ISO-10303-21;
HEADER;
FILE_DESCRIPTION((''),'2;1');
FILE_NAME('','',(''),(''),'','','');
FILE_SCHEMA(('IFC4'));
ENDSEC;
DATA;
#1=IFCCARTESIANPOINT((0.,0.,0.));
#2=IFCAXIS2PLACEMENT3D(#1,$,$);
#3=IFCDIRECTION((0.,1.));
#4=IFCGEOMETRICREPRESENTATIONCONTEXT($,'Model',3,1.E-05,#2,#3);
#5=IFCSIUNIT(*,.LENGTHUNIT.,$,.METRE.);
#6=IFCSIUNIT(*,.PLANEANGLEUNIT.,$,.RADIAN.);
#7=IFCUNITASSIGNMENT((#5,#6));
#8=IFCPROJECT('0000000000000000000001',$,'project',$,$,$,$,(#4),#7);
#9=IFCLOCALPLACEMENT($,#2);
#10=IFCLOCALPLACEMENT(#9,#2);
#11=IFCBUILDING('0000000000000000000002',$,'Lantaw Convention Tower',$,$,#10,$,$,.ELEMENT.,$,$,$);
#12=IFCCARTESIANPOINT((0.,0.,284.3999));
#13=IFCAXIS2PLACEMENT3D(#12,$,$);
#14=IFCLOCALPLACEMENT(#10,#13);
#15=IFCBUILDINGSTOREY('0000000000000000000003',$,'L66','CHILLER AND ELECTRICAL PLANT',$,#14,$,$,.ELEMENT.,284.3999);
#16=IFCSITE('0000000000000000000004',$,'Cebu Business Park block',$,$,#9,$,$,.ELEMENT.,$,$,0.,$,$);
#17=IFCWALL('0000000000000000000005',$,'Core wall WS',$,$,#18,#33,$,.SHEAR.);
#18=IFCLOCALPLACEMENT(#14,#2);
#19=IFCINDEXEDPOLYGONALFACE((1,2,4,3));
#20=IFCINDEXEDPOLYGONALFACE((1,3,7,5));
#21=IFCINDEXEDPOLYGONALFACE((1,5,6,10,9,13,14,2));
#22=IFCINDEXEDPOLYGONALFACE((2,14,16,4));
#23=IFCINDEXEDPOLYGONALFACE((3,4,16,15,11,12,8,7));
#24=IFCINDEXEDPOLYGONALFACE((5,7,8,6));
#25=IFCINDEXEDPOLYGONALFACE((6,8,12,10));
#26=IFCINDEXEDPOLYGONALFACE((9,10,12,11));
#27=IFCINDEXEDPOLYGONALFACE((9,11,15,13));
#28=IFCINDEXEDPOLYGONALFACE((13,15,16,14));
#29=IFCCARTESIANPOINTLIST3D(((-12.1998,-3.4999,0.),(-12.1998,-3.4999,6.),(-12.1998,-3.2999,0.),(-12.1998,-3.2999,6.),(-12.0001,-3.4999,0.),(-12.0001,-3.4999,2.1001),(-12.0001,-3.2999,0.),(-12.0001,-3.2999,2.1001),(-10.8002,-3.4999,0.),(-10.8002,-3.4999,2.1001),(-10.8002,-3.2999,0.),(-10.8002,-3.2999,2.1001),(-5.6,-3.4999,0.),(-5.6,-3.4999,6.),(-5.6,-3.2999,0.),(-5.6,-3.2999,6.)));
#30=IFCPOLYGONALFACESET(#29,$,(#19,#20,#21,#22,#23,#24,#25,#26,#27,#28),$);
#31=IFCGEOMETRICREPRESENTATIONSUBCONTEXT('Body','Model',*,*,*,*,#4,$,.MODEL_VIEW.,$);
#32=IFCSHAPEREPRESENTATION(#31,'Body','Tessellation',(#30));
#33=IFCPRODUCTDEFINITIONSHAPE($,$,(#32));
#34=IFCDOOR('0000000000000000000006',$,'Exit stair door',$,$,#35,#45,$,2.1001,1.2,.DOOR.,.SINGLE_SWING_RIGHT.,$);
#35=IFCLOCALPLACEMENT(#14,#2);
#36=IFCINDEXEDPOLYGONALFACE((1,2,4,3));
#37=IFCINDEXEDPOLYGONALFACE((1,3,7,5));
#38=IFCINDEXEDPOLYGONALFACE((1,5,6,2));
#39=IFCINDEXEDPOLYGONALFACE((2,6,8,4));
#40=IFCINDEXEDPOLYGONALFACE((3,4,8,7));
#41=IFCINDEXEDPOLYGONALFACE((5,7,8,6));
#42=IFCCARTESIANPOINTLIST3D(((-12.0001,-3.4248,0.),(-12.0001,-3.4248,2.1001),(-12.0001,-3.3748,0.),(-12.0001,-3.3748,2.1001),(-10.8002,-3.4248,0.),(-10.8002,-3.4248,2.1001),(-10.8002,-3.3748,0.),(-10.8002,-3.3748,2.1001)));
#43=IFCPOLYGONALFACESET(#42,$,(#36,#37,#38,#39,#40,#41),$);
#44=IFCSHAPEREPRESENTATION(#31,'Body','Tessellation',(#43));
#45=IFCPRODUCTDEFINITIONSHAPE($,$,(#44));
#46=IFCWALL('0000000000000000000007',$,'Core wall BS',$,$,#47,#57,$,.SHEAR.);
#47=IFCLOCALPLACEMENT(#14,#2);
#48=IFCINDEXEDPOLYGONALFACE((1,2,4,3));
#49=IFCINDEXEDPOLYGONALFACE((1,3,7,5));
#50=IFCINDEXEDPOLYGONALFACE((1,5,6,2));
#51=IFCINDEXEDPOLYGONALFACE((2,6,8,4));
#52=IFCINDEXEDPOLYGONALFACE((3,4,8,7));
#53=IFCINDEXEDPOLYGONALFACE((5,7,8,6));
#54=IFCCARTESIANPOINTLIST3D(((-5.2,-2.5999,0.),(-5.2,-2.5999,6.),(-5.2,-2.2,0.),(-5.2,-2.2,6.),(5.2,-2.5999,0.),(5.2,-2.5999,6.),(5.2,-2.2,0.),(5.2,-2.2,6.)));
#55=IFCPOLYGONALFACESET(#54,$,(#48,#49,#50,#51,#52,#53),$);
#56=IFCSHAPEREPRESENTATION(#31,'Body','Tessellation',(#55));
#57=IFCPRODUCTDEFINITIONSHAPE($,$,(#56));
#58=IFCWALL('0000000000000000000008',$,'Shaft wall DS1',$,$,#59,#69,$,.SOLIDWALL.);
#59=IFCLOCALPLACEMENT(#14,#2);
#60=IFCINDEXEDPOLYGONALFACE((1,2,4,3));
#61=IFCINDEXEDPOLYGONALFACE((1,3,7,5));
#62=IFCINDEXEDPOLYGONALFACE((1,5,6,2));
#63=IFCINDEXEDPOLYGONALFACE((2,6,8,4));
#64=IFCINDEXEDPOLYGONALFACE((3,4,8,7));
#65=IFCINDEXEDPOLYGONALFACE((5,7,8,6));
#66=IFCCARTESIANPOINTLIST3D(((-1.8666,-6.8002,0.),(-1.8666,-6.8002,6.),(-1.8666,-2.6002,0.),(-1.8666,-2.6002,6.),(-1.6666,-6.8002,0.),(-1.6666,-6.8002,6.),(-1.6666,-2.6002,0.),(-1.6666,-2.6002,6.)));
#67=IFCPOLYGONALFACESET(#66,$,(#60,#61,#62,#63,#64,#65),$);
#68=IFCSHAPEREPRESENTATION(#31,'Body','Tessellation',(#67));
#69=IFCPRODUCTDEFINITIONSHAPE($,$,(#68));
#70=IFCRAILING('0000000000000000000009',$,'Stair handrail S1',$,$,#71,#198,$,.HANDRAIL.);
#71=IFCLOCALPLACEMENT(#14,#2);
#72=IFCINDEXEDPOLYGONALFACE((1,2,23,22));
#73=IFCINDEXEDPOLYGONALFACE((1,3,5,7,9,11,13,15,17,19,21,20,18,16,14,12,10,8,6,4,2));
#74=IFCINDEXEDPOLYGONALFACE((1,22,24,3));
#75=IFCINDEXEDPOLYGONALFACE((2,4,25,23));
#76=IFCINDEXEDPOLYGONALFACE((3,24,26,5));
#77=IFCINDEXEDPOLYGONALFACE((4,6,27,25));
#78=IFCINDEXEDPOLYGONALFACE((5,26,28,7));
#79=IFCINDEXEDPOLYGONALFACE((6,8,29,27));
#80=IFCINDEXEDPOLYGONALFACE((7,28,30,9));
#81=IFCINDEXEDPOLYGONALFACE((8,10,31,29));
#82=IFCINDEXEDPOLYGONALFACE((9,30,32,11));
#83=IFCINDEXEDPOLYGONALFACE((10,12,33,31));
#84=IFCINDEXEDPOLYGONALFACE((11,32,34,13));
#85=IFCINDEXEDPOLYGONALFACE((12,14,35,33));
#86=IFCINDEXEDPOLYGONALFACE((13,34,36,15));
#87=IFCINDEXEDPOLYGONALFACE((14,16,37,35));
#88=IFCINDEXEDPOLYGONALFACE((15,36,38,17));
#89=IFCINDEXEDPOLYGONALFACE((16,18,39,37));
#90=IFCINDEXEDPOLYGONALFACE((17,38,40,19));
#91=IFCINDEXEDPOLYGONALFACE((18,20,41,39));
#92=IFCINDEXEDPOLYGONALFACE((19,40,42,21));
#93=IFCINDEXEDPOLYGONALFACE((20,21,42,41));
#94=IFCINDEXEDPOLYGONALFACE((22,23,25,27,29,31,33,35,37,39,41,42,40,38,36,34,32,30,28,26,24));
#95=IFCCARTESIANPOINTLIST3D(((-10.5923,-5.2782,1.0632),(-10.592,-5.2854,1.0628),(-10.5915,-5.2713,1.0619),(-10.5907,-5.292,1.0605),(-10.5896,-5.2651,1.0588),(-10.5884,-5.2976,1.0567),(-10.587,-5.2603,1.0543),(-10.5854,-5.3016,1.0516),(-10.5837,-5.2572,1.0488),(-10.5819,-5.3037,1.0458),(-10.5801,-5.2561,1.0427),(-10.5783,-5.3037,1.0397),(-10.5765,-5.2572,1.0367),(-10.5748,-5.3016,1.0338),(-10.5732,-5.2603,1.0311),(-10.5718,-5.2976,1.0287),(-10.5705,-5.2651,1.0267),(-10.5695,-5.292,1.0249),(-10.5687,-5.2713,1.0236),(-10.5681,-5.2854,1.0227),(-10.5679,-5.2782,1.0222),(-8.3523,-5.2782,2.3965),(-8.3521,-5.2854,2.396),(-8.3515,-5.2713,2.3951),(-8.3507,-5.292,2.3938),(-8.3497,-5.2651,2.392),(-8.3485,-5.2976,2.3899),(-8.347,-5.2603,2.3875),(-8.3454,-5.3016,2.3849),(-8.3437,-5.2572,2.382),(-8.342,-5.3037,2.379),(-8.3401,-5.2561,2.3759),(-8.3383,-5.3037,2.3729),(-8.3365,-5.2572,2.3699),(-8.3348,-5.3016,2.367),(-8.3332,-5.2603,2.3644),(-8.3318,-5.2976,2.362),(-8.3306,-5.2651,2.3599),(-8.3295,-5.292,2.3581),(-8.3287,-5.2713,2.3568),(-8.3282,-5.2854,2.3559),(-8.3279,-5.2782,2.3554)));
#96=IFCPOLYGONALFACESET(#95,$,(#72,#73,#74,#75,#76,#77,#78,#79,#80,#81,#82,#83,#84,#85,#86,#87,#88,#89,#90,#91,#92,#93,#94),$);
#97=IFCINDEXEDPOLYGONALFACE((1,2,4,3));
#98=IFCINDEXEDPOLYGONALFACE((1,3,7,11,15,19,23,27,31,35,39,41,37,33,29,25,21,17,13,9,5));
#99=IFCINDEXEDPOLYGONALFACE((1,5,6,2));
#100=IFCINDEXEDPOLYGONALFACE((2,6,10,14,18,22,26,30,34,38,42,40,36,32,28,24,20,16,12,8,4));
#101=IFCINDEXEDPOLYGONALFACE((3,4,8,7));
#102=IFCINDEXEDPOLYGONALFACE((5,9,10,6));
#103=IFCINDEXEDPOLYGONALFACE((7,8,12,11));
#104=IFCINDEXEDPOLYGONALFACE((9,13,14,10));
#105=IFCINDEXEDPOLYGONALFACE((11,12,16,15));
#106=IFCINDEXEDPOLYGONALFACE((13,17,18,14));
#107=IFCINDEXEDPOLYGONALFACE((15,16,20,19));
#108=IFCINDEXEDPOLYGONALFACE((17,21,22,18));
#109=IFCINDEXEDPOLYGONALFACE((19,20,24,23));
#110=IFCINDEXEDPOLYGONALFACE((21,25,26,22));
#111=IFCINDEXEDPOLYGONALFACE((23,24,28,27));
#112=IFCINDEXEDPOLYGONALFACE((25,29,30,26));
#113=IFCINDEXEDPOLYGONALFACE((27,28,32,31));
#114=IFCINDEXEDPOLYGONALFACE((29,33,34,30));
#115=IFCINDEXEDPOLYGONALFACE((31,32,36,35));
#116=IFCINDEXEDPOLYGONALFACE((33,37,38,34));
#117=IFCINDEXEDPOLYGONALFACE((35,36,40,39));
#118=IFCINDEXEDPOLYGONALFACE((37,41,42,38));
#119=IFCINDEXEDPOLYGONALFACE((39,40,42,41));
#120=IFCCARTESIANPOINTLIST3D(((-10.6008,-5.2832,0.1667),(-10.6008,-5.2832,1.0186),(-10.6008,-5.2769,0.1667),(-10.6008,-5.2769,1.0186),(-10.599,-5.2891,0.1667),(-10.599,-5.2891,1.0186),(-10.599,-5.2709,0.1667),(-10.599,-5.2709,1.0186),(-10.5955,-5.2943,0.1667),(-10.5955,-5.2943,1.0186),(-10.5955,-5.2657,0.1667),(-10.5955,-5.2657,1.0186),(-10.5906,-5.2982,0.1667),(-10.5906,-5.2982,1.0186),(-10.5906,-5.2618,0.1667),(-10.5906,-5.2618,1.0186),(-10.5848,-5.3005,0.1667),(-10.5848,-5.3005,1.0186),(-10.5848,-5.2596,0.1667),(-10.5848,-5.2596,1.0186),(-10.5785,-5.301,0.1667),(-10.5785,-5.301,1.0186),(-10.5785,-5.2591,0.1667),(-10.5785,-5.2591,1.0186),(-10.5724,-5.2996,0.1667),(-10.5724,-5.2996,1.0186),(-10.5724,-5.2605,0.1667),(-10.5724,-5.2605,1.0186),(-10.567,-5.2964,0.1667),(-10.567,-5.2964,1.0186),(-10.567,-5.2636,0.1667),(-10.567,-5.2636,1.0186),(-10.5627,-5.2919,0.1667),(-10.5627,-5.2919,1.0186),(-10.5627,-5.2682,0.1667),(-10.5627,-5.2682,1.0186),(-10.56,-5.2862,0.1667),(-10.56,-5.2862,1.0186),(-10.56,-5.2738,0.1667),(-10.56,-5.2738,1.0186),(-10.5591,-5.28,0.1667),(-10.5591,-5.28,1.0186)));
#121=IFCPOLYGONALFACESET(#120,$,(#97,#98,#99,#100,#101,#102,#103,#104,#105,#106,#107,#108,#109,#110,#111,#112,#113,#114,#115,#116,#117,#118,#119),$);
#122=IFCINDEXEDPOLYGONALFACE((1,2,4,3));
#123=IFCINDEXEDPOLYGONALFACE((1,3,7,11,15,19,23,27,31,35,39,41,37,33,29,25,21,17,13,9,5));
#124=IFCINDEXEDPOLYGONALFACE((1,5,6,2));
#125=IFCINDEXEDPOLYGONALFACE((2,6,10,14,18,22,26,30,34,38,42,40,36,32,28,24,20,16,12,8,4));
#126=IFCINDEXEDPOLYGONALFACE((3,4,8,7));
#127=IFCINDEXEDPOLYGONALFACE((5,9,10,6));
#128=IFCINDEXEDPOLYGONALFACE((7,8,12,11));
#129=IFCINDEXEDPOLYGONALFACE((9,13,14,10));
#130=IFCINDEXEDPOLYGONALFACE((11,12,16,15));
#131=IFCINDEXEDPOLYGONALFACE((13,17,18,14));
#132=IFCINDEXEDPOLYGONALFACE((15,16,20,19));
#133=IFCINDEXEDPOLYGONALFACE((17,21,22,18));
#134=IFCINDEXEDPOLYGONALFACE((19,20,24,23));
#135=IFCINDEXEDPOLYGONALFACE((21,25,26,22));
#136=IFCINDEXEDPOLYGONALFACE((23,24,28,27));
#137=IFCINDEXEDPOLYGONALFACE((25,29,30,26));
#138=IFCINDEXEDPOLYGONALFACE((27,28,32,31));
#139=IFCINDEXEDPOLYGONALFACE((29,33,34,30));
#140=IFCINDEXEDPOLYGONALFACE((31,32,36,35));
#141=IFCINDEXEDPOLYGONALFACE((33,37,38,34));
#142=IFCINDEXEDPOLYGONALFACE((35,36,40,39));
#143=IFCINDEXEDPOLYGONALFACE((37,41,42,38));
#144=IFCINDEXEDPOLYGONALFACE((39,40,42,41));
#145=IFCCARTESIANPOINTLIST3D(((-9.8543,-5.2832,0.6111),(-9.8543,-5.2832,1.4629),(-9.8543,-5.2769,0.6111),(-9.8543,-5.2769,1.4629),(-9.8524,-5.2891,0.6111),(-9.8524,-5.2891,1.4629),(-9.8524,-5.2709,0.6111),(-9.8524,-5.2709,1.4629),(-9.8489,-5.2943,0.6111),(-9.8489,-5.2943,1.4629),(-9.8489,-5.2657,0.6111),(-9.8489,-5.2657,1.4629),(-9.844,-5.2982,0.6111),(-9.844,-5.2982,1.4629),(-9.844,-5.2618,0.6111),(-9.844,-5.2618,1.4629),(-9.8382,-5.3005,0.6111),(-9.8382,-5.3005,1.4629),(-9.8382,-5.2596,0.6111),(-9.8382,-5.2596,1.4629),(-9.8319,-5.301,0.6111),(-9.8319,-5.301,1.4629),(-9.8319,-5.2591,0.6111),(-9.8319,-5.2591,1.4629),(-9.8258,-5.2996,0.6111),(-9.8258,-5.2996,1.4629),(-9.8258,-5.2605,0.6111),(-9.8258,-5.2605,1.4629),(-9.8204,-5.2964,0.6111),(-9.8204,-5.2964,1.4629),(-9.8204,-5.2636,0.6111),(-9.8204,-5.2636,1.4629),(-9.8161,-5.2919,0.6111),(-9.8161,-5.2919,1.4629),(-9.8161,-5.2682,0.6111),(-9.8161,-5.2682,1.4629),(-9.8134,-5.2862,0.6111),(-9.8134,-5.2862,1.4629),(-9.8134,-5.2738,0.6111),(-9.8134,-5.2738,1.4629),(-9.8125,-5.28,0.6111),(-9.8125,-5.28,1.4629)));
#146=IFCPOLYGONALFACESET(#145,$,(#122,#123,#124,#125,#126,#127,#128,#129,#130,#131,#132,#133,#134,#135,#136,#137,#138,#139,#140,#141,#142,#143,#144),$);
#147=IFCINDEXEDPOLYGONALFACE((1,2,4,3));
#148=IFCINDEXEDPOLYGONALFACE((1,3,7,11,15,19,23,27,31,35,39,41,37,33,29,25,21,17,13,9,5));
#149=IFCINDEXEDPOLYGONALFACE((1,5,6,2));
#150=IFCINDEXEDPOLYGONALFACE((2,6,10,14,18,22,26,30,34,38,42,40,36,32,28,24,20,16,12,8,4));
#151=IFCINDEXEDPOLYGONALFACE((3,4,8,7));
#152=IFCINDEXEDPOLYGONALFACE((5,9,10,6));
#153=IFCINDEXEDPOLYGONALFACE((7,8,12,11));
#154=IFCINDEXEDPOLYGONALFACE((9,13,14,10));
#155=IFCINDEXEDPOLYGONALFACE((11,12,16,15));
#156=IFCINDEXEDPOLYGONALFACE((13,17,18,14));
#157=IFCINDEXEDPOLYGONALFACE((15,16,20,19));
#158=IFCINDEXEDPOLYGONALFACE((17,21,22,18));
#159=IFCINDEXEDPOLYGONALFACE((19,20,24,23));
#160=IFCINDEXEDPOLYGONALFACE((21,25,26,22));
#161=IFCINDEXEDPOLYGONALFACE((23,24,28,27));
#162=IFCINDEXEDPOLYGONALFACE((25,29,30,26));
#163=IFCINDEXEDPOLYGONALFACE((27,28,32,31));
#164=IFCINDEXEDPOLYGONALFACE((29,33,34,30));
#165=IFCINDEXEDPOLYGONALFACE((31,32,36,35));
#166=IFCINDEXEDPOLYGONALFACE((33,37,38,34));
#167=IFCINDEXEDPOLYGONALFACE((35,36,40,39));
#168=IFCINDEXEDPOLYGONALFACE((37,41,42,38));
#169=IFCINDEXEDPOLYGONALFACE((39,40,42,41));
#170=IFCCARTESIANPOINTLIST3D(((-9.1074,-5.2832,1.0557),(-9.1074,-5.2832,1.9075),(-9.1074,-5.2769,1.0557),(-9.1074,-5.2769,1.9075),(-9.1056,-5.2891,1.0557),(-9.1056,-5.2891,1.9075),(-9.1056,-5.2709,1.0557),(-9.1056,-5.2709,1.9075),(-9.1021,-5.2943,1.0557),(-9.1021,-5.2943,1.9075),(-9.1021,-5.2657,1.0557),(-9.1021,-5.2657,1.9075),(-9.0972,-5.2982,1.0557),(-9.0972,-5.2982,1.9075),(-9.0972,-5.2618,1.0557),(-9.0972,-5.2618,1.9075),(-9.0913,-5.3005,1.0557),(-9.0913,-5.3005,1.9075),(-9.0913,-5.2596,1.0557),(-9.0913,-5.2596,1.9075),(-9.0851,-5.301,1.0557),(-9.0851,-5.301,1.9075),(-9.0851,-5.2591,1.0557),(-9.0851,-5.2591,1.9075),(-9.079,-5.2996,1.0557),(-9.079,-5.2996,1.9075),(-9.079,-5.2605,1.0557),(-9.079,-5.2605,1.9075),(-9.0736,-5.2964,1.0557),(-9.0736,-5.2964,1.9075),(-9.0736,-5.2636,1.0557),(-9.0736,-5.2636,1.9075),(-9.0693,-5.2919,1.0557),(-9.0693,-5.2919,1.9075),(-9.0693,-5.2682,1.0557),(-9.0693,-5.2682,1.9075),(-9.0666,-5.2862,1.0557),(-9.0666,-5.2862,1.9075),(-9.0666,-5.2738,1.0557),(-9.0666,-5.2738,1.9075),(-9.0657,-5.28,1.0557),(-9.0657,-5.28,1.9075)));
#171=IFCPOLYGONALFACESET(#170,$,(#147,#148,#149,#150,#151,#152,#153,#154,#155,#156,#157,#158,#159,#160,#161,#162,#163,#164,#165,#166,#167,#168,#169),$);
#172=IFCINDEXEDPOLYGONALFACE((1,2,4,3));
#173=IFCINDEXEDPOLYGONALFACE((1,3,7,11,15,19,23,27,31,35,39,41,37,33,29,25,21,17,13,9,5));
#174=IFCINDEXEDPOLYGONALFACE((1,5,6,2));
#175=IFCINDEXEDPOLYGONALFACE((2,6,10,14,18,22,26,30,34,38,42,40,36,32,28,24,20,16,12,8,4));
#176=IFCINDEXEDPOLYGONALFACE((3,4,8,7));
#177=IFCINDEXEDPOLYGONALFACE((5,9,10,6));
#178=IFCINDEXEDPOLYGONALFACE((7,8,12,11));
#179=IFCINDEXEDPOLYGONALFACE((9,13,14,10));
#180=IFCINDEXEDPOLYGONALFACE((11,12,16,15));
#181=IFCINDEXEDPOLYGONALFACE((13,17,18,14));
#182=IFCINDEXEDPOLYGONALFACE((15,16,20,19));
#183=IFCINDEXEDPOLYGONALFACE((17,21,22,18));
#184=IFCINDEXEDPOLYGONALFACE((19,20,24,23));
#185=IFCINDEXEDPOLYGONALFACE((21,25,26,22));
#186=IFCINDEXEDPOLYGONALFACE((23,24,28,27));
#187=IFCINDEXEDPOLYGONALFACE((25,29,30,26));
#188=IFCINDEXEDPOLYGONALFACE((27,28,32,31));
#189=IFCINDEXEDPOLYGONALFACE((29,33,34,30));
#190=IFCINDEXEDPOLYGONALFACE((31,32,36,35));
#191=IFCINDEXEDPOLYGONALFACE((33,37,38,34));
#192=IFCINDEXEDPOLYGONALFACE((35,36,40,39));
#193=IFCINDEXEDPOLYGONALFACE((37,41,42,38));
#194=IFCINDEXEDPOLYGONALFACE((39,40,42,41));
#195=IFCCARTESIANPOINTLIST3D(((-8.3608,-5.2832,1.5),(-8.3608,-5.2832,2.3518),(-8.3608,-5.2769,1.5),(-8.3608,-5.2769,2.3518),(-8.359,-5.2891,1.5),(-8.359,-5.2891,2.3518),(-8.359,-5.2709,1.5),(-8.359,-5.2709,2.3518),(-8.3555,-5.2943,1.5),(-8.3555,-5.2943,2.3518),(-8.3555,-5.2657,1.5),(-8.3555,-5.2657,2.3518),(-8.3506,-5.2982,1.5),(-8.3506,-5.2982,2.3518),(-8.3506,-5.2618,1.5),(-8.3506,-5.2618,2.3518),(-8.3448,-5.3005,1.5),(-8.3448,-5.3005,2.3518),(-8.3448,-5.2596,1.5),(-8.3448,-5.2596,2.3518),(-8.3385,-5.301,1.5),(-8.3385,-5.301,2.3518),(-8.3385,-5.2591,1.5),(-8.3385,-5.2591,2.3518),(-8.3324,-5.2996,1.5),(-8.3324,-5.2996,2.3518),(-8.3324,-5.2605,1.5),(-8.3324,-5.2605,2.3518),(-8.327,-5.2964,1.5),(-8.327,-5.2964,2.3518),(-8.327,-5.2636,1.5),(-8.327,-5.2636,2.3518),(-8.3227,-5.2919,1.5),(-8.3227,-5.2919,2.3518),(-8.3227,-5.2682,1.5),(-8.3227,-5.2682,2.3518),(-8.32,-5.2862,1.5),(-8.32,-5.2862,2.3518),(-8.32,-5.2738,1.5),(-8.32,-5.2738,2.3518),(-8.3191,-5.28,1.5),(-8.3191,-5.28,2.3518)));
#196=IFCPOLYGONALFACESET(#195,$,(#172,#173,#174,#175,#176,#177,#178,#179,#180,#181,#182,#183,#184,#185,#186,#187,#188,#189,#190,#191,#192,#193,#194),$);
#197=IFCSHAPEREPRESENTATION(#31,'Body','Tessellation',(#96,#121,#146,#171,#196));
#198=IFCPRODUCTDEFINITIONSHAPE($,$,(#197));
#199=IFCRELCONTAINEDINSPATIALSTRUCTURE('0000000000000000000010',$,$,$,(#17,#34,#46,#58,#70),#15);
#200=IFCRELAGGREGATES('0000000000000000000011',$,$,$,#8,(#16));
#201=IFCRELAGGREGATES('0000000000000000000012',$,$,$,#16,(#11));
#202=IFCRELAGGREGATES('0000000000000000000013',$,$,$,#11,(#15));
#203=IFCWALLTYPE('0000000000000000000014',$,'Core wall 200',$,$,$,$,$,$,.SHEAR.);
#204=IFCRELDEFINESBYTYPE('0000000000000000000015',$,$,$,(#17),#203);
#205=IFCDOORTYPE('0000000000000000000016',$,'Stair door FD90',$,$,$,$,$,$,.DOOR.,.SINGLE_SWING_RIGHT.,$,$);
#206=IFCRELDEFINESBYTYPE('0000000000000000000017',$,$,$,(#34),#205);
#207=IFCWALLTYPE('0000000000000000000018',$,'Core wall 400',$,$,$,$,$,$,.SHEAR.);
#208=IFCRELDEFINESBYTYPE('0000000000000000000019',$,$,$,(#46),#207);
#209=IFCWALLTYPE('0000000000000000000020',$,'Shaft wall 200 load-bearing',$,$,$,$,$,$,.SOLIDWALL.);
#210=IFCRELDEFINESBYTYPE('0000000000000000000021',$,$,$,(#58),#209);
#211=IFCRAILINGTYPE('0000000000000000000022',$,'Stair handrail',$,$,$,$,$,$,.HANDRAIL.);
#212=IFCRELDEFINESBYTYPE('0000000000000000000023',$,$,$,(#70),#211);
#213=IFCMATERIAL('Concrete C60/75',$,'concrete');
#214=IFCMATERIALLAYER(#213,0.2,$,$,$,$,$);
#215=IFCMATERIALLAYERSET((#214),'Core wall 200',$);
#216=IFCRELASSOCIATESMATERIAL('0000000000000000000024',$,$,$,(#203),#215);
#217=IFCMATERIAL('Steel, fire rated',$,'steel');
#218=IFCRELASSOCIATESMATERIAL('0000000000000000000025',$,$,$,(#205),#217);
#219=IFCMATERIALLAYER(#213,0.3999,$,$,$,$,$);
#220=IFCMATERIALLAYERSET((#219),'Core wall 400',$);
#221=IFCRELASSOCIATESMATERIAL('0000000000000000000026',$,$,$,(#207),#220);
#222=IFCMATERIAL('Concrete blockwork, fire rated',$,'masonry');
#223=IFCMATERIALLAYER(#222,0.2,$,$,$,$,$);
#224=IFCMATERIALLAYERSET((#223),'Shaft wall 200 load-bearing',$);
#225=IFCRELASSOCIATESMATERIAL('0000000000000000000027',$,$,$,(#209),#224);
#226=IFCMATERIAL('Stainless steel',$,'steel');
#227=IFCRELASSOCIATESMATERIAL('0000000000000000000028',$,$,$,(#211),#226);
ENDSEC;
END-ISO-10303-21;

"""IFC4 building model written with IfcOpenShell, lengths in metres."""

from ifc_helpers import new_model, si_unit, direction, frame, frame_2d, origin, origin_2d, place, context, subcontext, project, spatial, rectangle, circle, extrude, material, layer, layer_set, type_object, element, fill, save


model = new_model("IFC4")

# Units and contexts
model_context = context("Model", 3, precision=1e-05, world=origin(), true_north=direction((0.0, 1.0)))
body_context = subcontext(model_context, "Body", "Model", "MODEL_VIEW")
ifc_project = project(units=[si_unit("LENGTHUNIT", "METRE"), si_unit("PLANEANGLEUNIT", "RADIAN")], contexts=[model_context])

# Site, building, storey
site_placement = place(None, origin())
site = spatial("IfcSite", under=ifc_project, at=site_placement, Name="Cebu Business Park block", CompositionType="ELEMENT", RefElevation=0.0)
building_placement = place(site_placement, origin())
building = spatial("IfcBuilding", under=site, at=building_placement, Name="Lantaw Convention Tower", CompositionType="ELEMENT")
storey_placement = place(building_placement, frame((0.0, 0.0, 284.3999)))
storey = spatial("IfcBuildingStorey", under=building, at=storey_placement, Name="L66", Description="CHILLER AND ELECTRICAL PLANT", CompositionType="ELEMENT", Elevation=284.3999)

# Shared definitions
ifc_material_1 = material(Name="Concrete C60/75", Category="concrete")

# Wall, opening, door
ifc_layer_1 = layer(ifc_material_1, 0.2)
ifc_layer_set_1 = layer_set([ifc_layer_1], Name="Core wall 200")
wall_type_1 = type_object("IfcWallType", Name="Core wall 200", PredefinedType="SHEAR", material=ifc_layer_set_1)
wall_1_placement = place(storey_placement, frame((-5.6001, -3.3999, 0.0), z_axis=(0.0, 0.0, 1.0), x_axis=(-1.0, 0.0, 0.0)))
wall_1 = element("IfcWall", 1, at=wall_1_placement, inside=storey, type_object=wall_type_1, Name="Core wall WS", PredefinedType="SHEAR", context=body_context, shape_type="SweptSolid", body=[
    extrude(rectangle(XDim=6.5999, YDim=0.2, at=frame_2d((3.2998, 0.0))), origin(), (0.0, 0.0, 1.0), 6.0),
])
opening_placement = place(wall_1_placement, frame((5.2, 0.0, 0.0)))
opening = element("IfcOpeningElement", 2, at=opening_placement, cuts=wall_1, PredefinedType="OPENING", context=body_context, shape_type="SweptSolid", body=[
    extrude(rectangle(XDim=1.2, YDim=2.1001, at=frame_2d((0.6001, 1.05))), frame((0.0, 0.1099, 0.0), z_axis=(0.0, -1.0, 0.0), x_axis=(1.0, 0.0, 0.0)), (0.0, 0.0, 1.0), 0.22),
])
ifc_material_2 = material(Name="Steel, fire rated", Category="steel")
door_type = type_object("IfcDoorType", Name="Stair door FD90", OperationType="SINGLE_SWING_RIGHT", PredefinedType="DOOR", material=ifc_material_2)
door_placement = place(opening_placement, origin())
door = element("IfcDoor", 3, at=door_placement, inside=storey, type_object=door_type, Name="Exit stair door", OperationType="SINGLE_SWING_RIGHT", OverallHeight=2.1001, OverallWidth=1.2, PredefinedType="DOOR", context=body_context, shape_type="SweptSolid", body=[
    extrude(rectangle(XDim=1.2, YDim=2.1001, at=frame_2d((0.6001, 1.05))), frame((0.0, 0.0249, 0.0), z_axis=(0.0, -1.0, 0.0), x_axis=(1.0, 0.0, 0.0)), (0.0, 0.0, 1.0), 0.05),
])
fill(opening, door)

# Walls
ifc_layer_2 = layer(ifc_material_1, 0.3999)
ifc_layer_set_2 = layer_set([ifc_layer_2], Name="Core wall 400")
wall_type_2 = type_object("IfcWallType", Name="Core wall 400", PredefinedType="SHEAR", material=ifc_layer_set_2)
wall_2_placement = place(storey_placement, frame((-5.2, -2.3999, 0.0), z_axis=(0.0, 0.0, 1.0), x_axis=(1.0, 0.0, 0.0)))
element("IfcWall", 4, at=wall_2_placement, inside=storey, type_object=wall_type_2, Name="Core wall BS", PredefinedType="SHEAR", context=body_context, shape_type="SweptSolid", body=[
    extrude(rectangle(XDim=10.3999, YDim=0.3999, at=frame_2d((5.2, 0.0))), origin(), (0.0, 0.0, 1.0), 6.0),
])
ifc_material_3 = material(Name="Concrete blockwork, fire rated", Category="masonry")
ifc_layer_3 = layer(ifc_material_3, 0.2)
ifc_layer_set_3 = layer_set([ifc_layer_3], Name="Shaft wall 200 load-bearing")
wall_type_3 = type_object("IfcWallType", Name="Shaft wall 200 load-bearing", PredefinedType="SOLIDWALL", material=ifc_layer_set_3)
wall_3_placement = place(storey_placement, frame((-1.7666, -2.6001, 0.0), z_axis=(0.0, 0.0, 1.0), x_axis=(0.0, -1.0, 0.0)))
element("IfcWall", 5, at=wall_3_placement, inside=storey, type_object=wall_type_3, Name="Shaft wall DS1", PredefinedType="SOLIDWALL", context=body_context, shape_type="SweptSolid", body=[
    extrude(rectangle(XDim=4.2, YDim=0.2, at=frame_2d((2.1001, 0.0))), origin(), (0.0, 0.0, 1.0), 6.0),
])

# Railing
ifc_material_4 = material(Name="Stainless steel", Category="steel")
railing_type = type_object("IfcRailingType", Name="Stair handrail", PredefinedType="HANDRAIL", material=ifc_material_4)
railing_1_placement = place(storey_placement, frame((-10.5801, -5.28, 0.1667)))
element("IfcRailing", 6, at=railing_1_placement, inside=storey, type_object=railing_type, Name="Stair handrail S1", PredefinedType="HANDRAIL", context=body_context, shape_type="SweptSolid", body=[
    extrude(circle(Radius=0.0239, at=origin_2d()), frame((0.0, 0.0, 0.876), z_axis=(0.859306, 0.0, 0.511462), x_axis=(0.0, 1.0, 0.0)), (0.0, 0.0, 1.0), 2.6067),
    extrude(circle(Radius=0.021, at=origin_2d()), origin(), (0.0, 0.0, 1.0), 0.8518),
    extrude(circle(Radius=0.021, at=origin_2d()), frame((0.7466, 0.0, 0.4443)), (0.0, 0.0, 1.0), 0.8518),
    extrude(circle(Radius=0.021, at=origin_2d()), frame((1.4934, 0.0, 0.8889)), (0.0, 0.0, 1.0), 0.8518),
    extrude(circle(Radius=0.021, at=origin_2d()), frame((2.24, 0.0, 1.3333)), (0.0, 0.0, 1.0), 0.8518),
])

save(model, "model.ifc")
